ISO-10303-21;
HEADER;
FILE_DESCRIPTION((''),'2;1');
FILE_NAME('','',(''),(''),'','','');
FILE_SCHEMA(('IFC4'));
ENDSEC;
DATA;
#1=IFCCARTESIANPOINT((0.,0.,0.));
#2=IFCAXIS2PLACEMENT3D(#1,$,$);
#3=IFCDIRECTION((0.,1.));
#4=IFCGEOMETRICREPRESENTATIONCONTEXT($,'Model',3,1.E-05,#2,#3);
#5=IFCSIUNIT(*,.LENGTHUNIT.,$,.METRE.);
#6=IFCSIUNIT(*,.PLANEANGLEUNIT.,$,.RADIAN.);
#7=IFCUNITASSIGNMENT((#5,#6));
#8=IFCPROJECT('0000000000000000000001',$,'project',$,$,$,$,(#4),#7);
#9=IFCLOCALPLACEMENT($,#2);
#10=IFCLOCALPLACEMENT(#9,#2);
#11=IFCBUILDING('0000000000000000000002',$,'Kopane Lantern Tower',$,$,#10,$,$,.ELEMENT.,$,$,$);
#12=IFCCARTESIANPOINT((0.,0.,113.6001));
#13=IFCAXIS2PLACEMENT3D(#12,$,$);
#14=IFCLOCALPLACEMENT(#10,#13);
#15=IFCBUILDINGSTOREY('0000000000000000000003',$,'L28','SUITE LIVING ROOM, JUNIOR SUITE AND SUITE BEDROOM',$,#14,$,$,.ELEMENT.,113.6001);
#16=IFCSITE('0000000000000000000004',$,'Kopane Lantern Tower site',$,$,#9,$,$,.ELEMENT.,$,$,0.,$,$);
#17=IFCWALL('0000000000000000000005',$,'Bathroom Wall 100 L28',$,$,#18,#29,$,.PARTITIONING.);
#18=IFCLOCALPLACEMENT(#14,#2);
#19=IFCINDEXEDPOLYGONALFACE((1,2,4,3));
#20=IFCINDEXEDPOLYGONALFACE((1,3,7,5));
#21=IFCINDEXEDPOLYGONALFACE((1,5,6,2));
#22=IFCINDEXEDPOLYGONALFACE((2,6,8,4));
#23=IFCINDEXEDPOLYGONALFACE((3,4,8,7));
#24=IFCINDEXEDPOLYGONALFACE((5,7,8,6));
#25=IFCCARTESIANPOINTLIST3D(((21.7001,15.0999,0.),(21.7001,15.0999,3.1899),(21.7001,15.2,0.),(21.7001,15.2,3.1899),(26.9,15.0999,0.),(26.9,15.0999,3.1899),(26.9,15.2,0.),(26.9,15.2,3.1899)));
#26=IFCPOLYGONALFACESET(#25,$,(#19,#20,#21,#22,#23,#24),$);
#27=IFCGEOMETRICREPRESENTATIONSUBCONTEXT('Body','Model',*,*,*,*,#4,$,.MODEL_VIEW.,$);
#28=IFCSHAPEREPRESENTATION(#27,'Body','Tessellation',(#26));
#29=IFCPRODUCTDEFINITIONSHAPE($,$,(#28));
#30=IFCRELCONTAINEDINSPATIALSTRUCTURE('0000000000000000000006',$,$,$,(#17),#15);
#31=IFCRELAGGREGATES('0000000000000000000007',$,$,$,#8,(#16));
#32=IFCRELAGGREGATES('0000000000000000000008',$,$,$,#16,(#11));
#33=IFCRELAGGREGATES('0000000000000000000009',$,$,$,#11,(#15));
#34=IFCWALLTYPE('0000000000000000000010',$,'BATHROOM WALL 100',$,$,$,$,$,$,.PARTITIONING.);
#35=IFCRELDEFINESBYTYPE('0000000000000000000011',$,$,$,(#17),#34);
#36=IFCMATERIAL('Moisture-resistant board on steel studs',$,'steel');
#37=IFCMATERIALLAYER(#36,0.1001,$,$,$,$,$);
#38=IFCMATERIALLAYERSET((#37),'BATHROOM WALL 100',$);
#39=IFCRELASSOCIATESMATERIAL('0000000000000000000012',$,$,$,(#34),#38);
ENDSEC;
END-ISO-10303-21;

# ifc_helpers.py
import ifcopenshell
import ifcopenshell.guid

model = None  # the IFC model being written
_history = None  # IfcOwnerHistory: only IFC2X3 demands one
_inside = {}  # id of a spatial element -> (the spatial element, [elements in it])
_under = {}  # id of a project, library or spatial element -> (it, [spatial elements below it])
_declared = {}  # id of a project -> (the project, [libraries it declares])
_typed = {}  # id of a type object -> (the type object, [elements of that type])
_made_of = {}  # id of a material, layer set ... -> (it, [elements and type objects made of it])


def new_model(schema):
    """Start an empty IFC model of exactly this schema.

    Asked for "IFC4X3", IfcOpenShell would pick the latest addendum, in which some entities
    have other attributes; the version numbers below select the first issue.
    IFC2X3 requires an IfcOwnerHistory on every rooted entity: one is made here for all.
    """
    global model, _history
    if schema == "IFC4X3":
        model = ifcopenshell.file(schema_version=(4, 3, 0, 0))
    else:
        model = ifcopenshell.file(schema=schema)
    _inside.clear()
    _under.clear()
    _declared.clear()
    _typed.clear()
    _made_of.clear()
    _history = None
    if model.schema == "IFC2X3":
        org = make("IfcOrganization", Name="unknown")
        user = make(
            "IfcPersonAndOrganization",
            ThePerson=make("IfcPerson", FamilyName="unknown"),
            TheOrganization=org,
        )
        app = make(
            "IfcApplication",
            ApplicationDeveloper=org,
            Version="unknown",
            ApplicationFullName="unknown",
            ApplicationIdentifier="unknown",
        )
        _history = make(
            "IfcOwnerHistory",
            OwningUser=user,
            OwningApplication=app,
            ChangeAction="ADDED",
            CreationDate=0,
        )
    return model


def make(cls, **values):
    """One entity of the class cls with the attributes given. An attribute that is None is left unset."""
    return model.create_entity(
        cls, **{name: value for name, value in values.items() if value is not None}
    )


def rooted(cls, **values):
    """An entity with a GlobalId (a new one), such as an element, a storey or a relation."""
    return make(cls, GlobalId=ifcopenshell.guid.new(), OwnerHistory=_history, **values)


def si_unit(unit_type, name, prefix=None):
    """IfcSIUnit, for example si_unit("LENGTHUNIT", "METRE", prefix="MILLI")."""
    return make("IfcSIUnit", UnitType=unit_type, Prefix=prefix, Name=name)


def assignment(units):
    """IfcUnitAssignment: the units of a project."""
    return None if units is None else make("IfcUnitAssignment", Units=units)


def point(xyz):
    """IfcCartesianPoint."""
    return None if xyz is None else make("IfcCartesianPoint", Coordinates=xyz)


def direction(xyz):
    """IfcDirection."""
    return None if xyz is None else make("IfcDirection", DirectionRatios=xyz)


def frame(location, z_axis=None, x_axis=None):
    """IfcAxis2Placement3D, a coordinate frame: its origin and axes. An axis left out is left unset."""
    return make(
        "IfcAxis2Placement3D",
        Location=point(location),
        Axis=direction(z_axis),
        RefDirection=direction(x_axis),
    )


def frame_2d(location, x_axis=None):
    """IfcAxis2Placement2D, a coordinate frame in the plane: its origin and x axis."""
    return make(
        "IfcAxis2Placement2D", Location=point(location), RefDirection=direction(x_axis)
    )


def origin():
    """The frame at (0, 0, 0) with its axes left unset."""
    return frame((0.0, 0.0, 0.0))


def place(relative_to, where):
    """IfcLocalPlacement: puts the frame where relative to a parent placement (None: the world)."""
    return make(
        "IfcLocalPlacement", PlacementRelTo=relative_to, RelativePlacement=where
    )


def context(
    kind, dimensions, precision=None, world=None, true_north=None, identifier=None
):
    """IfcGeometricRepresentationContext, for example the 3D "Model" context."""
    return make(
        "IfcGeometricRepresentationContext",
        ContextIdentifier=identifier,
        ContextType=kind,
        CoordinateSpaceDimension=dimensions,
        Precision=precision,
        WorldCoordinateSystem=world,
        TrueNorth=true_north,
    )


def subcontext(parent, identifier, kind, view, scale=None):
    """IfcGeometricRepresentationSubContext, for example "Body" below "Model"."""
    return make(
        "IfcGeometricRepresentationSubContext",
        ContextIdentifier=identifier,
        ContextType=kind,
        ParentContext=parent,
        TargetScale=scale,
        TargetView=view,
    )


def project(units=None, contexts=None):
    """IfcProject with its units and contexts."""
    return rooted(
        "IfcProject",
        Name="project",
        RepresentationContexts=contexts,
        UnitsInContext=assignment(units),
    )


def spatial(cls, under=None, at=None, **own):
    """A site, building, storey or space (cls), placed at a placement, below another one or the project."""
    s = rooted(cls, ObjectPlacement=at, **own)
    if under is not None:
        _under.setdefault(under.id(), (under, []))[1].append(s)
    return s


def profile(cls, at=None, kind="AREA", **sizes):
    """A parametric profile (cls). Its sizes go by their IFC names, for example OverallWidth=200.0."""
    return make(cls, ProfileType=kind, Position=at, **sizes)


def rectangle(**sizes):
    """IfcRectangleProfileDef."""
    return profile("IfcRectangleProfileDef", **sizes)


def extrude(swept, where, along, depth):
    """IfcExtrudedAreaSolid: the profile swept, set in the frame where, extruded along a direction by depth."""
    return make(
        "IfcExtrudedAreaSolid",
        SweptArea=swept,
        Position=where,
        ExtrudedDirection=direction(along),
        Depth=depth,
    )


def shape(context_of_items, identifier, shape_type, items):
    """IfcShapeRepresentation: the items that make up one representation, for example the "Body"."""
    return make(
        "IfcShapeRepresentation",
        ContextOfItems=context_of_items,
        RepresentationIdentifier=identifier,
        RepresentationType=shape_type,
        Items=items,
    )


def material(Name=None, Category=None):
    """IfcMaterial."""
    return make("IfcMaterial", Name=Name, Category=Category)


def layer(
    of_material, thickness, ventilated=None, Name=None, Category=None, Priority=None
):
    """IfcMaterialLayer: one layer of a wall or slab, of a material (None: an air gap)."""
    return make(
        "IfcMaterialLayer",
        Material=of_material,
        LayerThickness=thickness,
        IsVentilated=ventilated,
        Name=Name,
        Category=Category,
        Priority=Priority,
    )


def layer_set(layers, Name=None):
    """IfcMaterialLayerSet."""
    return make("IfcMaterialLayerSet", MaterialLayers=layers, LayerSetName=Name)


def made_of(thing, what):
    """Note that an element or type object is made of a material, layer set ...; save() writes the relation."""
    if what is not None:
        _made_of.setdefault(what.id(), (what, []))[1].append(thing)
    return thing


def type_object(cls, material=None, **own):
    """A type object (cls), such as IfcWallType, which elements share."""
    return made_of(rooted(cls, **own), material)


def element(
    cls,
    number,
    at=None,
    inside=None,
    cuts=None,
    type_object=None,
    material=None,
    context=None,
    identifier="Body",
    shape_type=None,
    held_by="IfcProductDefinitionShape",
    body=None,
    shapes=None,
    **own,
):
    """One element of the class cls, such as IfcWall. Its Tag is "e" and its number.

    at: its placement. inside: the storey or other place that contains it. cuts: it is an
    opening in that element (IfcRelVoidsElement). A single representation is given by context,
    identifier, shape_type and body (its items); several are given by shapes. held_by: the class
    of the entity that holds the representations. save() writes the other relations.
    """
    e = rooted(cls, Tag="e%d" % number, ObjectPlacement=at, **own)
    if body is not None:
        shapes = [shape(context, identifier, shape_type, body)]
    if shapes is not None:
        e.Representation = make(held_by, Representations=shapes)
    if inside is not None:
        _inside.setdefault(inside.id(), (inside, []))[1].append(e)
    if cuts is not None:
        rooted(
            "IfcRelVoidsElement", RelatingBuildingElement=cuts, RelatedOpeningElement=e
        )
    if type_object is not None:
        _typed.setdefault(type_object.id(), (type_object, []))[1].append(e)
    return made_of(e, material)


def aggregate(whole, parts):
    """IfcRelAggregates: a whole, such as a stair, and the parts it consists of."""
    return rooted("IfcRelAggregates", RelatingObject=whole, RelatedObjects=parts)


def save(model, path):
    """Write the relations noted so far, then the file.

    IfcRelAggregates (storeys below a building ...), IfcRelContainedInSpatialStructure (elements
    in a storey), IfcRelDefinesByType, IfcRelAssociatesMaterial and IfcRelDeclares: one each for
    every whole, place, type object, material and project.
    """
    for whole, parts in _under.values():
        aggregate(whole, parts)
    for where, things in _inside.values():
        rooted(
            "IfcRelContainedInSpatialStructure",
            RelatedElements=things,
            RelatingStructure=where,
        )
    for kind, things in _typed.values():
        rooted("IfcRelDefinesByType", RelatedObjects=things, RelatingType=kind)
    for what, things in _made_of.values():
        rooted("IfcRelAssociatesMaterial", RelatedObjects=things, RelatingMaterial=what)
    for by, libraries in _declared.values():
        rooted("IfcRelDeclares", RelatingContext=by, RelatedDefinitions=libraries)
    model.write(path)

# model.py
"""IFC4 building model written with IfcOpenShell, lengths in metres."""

from ifc_helpers import new_model, si_unit, direction, frame, frame_2d, origin, place, context, subcontext, project, spatial, rectangle, extrude, material, layer, layer_set, type_object, element, save


model = new_model("IFC4")

# Units and contexts
model_context = context("Model", 3, precision=1e-05, world=origin(), true_north=direction((0.0, 1.0)))
body_context = subcontext(model_context, "Body", "Model", "MODEL_VIEW")
ifc_project = project(units=[si_unit("LENGTHUNIT", "METRE"), si_unit("PLANEANGLEUNIT", "RADIAN")], contexts=[model_context])

# Site, building, storey
site_placement = place(None, origin())
site = spatial("IfcSite", under=ifc_project, at=site_placement, Name="Kopane Lantern Tower site", CompositionType="ELEMENT", RefElevation=0.0)
building_placement = place(site_placement, origin())
building = spatial("IfcBuilding", under=site, at=building_placement, Name="Kopane Lantern Tower", CompositionType="ELEMENT")
storey_placement = place(building_placement, frame((0.0, 0.0, 113.6001)))
storey = spatial("IfcBuildingStorey", under=building, at=storey_placement, Name="L28", Description="SUITE LIVING ROOM, JUNIOR SUITE AND SUITE BEDROOM", CompositionType="ELEMENT", Elevation=113.6001)

# Wall
ifc_material_1 = material(Name="Moisture-resistant board on steel studs", Category="steel")
ifc_layer_1 = layer(ifc_material_1, 0.1001)
ifc_layer_set_1 = layer_set([ifc_layer_1], Name="BATHROOM WALL 100")
wall_type_1 = type_object("IfcWallType", Name="BATHROOM WALL 100", PredefinedType="PARTITIONING", material=ifc_layer_set_1)
wall_1_placement = place(storey_placement, frame((21.7, 15.1499, 0.0), z_axis=(0.0, 0.0, 1.0), x_axis=(1.0, 0.0, 0.0)))
element("IfcWall", 1, at=wall_1_placement, inside=storey, type_object=wall_type_1, Name="Bathroom Wall 100 L28", PredefinedType="PARTITIONING", context=body_context, shape_type="SweptSolid", body=[
    extrude(rectangle(XDim=5.2, YDim=0.1001, at=frame_2d((2.6001, 0.0))), origin(), (0.0, 0.0, 1.0), 3.1899),
])

save(model, "model.ifc")
